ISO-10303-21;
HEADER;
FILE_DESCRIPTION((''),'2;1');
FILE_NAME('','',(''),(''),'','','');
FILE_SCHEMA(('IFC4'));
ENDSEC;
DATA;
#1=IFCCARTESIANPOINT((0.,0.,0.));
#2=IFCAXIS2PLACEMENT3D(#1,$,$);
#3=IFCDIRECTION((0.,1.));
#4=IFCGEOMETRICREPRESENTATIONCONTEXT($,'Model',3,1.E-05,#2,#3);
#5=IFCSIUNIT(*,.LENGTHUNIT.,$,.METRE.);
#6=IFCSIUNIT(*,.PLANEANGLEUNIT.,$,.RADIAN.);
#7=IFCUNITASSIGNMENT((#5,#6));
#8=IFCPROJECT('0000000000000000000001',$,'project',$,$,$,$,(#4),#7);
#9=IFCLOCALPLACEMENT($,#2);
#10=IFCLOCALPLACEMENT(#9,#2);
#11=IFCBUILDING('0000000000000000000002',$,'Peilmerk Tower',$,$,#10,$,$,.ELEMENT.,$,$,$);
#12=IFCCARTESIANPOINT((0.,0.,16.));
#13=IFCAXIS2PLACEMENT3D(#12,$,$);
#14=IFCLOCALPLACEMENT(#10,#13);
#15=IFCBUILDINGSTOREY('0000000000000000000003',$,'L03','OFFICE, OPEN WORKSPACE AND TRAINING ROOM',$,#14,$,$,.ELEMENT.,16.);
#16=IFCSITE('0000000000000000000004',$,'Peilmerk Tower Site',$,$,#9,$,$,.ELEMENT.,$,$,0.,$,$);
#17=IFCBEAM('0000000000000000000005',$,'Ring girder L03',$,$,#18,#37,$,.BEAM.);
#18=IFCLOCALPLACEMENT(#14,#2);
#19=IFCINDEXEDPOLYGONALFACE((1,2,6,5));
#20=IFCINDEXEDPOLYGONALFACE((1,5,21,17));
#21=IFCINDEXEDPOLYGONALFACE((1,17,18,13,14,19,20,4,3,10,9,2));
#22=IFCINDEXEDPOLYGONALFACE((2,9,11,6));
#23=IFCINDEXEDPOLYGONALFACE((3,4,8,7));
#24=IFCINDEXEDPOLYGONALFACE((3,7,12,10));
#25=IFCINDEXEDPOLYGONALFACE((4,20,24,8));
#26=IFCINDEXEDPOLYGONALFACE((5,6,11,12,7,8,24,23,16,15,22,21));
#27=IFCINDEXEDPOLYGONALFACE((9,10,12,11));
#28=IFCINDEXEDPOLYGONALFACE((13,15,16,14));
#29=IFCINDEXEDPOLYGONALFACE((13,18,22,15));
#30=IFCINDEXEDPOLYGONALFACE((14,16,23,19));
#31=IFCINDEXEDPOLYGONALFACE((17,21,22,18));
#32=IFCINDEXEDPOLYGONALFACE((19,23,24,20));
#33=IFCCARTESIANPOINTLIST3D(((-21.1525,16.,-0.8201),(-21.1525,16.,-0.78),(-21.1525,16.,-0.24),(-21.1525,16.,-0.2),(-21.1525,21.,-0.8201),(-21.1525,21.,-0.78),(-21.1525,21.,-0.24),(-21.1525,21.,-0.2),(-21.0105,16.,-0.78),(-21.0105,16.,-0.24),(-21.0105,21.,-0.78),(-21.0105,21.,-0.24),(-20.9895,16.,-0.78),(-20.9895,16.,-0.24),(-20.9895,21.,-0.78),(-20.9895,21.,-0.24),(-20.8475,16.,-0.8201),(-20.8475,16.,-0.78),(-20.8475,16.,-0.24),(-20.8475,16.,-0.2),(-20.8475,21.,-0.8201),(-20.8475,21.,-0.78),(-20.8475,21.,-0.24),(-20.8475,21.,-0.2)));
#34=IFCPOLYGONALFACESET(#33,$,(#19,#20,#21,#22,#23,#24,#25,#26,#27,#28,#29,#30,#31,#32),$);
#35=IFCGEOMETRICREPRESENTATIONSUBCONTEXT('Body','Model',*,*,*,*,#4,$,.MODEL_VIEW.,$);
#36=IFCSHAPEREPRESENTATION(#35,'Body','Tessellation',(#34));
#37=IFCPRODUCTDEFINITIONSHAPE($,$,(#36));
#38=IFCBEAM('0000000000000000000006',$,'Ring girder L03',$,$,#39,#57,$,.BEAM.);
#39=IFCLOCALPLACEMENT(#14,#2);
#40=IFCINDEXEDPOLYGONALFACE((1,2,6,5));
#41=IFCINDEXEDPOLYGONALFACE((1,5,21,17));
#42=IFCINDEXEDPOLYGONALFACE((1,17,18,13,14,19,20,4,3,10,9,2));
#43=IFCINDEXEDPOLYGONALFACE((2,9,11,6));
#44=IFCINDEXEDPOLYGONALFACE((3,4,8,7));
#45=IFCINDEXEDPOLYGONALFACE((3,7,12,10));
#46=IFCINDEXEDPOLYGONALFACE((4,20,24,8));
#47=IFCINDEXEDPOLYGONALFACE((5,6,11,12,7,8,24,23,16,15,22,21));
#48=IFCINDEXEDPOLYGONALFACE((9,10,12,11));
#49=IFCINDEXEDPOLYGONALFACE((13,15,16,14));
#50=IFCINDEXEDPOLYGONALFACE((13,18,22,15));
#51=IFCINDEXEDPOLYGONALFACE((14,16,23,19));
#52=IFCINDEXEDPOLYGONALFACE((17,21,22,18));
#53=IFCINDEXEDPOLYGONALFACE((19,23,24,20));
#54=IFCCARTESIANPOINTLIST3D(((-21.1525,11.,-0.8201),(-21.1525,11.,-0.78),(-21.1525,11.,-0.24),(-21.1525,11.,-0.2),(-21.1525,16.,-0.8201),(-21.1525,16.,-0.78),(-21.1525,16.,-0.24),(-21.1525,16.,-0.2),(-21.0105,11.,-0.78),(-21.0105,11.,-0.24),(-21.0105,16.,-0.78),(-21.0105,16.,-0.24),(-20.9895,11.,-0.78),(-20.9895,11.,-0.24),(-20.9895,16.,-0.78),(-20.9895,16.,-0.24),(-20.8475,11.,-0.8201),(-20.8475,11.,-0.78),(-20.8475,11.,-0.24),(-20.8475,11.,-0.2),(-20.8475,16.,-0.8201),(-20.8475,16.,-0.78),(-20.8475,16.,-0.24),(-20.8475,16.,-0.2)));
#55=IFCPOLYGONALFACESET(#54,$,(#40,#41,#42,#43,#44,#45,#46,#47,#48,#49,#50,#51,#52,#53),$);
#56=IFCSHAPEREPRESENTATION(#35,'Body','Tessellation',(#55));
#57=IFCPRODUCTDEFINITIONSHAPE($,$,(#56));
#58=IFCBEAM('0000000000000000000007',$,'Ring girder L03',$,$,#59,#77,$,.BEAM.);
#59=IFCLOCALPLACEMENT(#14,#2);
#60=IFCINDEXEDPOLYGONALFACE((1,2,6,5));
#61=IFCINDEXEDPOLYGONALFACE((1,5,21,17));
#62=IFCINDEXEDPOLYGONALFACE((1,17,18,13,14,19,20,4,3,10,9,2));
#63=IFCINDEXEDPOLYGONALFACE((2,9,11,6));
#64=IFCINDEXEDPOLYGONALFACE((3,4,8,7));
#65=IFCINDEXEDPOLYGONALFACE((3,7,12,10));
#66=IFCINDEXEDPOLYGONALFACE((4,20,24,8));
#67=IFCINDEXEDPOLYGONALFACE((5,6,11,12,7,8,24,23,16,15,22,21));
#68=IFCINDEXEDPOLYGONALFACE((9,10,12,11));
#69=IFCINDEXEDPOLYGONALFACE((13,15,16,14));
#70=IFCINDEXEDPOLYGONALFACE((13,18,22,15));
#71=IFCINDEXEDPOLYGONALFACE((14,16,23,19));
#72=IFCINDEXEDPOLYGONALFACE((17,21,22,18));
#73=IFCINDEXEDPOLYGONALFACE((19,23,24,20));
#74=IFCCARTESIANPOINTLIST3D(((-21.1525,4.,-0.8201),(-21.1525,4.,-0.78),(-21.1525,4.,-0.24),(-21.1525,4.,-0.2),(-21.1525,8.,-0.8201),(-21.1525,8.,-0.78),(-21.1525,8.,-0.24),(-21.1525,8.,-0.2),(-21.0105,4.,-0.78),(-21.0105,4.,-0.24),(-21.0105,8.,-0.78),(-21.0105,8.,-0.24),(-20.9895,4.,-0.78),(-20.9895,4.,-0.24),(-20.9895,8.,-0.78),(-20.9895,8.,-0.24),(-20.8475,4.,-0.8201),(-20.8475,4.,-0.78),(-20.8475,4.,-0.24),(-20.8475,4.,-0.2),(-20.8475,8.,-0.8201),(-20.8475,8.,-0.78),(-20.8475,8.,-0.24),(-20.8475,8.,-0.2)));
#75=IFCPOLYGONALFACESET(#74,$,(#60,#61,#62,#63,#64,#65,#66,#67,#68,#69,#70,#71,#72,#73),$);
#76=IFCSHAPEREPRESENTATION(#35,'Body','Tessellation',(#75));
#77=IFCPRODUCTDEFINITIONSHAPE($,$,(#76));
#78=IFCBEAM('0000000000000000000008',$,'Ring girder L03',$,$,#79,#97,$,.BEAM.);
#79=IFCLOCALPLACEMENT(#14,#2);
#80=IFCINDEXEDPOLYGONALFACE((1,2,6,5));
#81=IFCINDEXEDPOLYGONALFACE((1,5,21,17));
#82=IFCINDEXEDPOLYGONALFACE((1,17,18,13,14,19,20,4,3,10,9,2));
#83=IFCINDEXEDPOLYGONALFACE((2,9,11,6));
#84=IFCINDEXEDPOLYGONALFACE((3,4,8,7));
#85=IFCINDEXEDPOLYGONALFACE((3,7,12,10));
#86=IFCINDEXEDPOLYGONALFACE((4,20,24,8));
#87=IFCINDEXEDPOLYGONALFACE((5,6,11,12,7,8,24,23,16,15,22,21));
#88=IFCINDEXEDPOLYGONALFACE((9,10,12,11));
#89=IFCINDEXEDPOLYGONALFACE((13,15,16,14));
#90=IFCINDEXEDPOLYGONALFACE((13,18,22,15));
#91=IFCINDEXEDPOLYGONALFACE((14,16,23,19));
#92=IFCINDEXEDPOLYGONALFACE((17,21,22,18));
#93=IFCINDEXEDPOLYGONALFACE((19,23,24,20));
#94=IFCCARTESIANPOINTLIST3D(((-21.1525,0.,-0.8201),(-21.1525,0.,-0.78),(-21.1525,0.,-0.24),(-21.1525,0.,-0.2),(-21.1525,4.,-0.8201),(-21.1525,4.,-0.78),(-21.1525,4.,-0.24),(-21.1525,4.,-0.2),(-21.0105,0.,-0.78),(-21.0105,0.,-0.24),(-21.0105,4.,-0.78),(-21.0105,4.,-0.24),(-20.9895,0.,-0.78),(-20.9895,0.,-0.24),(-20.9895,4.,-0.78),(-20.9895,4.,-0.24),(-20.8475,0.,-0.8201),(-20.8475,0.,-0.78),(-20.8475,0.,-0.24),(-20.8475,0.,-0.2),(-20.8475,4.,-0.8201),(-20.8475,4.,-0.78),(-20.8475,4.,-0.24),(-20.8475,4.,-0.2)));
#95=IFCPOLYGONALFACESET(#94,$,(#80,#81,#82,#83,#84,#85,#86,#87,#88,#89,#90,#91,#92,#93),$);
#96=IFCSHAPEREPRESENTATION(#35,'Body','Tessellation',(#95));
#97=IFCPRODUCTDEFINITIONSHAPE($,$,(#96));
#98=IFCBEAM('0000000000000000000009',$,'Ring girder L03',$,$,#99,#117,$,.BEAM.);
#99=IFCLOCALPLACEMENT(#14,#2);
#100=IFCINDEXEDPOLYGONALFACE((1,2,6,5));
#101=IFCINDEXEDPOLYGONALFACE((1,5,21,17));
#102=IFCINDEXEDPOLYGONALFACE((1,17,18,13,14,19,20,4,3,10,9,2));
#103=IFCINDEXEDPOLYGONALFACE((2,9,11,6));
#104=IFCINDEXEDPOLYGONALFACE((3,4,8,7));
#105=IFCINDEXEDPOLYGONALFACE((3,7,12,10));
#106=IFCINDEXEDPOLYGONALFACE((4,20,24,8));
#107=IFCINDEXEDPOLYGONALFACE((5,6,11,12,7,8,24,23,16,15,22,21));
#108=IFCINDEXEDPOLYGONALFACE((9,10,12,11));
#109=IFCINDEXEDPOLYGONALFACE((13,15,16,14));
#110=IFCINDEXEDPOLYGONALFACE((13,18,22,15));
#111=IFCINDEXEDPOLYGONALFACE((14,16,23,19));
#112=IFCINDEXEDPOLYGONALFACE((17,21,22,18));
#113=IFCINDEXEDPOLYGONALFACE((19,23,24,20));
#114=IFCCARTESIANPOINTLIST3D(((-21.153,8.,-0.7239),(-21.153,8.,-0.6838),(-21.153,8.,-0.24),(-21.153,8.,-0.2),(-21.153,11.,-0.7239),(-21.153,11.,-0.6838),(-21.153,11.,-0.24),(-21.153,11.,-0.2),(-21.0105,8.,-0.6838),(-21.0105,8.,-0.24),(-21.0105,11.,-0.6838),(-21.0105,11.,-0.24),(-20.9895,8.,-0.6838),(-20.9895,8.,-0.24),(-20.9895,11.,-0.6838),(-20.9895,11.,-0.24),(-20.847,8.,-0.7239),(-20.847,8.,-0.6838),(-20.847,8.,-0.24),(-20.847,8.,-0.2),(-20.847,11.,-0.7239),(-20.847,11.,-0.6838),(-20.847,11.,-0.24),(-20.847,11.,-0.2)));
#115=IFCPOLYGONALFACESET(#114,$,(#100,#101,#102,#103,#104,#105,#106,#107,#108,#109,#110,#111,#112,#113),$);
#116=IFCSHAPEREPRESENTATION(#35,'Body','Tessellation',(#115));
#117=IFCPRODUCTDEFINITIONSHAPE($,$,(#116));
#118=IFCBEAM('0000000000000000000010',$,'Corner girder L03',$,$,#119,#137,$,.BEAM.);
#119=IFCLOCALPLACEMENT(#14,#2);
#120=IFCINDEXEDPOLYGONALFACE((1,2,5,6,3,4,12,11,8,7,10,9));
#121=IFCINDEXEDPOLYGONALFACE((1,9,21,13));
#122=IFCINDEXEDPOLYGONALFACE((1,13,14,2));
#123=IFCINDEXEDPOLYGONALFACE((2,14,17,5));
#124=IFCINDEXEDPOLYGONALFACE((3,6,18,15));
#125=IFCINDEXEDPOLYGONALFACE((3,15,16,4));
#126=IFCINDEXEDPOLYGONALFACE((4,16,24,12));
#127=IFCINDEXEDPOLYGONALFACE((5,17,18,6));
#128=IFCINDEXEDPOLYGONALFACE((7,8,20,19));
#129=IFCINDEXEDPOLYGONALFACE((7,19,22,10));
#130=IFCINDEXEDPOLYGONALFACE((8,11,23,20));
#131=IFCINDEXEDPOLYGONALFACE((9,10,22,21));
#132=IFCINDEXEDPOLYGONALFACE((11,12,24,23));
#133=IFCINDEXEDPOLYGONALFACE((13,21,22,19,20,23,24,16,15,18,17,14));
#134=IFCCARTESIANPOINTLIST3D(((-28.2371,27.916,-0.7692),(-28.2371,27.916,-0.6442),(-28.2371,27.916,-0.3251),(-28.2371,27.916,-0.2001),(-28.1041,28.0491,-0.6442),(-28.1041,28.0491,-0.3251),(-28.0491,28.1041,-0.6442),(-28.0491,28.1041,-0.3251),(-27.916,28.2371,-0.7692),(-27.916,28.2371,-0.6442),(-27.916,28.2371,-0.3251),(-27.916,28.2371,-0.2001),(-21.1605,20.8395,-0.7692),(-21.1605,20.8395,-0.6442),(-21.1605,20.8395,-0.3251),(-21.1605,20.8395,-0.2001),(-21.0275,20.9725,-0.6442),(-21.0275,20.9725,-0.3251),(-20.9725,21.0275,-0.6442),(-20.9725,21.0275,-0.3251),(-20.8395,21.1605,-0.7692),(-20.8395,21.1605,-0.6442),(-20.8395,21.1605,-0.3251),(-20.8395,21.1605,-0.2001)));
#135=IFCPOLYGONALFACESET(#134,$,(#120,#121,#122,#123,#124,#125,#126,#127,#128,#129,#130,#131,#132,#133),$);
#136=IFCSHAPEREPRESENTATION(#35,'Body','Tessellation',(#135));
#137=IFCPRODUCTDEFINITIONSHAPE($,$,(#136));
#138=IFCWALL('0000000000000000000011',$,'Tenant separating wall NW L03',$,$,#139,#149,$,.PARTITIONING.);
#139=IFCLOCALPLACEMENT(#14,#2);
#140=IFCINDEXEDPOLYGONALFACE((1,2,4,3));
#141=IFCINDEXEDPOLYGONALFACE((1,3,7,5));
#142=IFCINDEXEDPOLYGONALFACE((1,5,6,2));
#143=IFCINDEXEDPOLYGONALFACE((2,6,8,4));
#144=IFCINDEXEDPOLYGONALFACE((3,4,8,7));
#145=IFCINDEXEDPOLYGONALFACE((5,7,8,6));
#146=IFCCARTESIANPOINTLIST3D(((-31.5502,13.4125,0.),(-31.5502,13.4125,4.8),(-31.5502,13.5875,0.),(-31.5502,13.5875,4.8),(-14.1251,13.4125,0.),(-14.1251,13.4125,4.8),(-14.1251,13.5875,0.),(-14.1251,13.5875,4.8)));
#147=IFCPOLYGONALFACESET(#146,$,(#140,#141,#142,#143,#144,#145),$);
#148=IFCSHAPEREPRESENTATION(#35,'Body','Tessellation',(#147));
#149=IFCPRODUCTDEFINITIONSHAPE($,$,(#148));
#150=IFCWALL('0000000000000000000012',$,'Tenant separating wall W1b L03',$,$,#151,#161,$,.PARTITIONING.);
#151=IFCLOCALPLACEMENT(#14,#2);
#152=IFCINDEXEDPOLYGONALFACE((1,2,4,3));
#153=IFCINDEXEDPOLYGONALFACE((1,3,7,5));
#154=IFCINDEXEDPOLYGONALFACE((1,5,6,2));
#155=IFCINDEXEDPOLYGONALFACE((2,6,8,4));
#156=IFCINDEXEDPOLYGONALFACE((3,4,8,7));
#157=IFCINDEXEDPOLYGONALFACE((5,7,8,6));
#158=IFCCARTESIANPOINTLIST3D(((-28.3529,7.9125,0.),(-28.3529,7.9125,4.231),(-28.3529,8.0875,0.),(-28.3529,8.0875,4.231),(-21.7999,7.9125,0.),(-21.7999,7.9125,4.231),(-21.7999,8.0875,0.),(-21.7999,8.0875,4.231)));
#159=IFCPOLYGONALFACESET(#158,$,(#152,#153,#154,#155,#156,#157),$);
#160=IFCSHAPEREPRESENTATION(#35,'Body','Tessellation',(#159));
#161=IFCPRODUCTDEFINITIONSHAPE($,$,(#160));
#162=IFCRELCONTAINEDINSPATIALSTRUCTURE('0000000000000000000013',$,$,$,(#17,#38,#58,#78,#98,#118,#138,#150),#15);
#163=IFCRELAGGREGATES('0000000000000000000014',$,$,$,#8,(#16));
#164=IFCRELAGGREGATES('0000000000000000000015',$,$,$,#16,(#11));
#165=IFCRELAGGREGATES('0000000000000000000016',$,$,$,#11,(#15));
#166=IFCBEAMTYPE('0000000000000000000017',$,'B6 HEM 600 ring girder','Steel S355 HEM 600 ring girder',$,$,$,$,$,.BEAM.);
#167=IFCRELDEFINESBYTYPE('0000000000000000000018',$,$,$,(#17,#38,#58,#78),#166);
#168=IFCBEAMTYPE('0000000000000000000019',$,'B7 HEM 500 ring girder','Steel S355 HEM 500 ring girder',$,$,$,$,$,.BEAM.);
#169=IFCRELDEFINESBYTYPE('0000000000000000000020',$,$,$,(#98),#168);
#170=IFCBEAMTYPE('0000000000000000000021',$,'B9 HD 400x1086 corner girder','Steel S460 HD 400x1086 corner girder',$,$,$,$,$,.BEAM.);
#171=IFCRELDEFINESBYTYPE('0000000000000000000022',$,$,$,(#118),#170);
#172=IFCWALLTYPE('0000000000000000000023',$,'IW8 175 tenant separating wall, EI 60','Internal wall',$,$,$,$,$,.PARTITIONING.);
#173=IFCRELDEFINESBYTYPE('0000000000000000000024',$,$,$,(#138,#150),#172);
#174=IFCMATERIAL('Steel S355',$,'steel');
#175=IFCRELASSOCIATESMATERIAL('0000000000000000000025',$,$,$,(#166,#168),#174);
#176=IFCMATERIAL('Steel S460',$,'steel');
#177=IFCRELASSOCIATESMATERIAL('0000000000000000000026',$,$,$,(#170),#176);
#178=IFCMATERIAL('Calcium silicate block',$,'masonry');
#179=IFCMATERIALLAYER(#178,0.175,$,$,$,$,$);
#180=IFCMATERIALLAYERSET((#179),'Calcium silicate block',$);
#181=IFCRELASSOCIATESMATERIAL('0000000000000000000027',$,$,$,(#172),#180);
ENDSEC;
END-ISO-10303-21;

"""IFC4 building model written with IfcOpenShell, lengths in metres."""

from ifc_helpers import new_model, si_unit, direction, frame, frame_2d, origin, origin_2d, place, context, subcontext, project, spatial, rectangle, i_section, extrude, material, layer, layer_set, material_profile, profile_set, type_object, element, save


model = new_model("IFC4")

# Units and contexts
model_context = context("Model", 3, precision=1e-05, world=origin(), true_north=direction((0.0, 1.0)))
body_context = subcontext(model_context, "Body", "Model", "MODEL_VIEW")
ifc_project = project(units=[si_unit("LENGTHUNIT", "METRE"), si_unit("PLANEANGLEUNIT", "RADIAN")], contexts=[model_context])

# Site, building, storey
site_placement = place(None, origin())
site = spatial("IfcSite", under=ifc_project, at=site_placement, Name="Peilmerk Tower Site", CompositionType="ELEMENT", RefElevation=0.0)
building_placement = place(site_placement, origin())
building = spatial("IfcBuilding", under=site, at=building_placement, Name="Peilmerk Tower", CompositionType="ELEMENT")
storey_placement = place(building_placement, frame((0.0, 0.0, 16.0)))
storey = spatial("IfcBuildingStorey", under=building, at=storey_placement, Name="L03", Description="OFFICE, OPEN WORKSPACE AND TRAINING ROOM", CompositionType="ELEMENT", Elevation=16.0)

# Beams
ifc_material_1 = material(Name="Steel S355", Category="steel")
ifc_material_profile_1 = material_profile(ifc_material_1, i_section(OverallWidth=0.3049, OverallDepth=0.6201, WebThickness=0.021, FlangeThickness=0.04, at=origin_2d()), Name="HEM 600")
ifc_profile_set_1 = profile_set([ifc_material_profile_1], Name="Steel S355")
beam_type_1 = type_object("IfcBeamType", Name="B6 HEM 600 ring girder", Description="Steel S355 HEM 600 ring girder", PredefinedType="BEAM", material=ifc_profile_set_1)
for number, where, z_axis, x_axis, name in (
    (1, (-21.0, 21.0, -0.51), (0.0, -1.0, 0.0), (1.0, 0.0, 0.0), "Ring girder L03"),
    (2, (-21.0, 16.0, -0.51), (0.0, -1.0, 0.0), (1.0, 0.0, 0.0), "Ring girder L03"),
):
    element("IfcBeam", number, at=place(storey_placement, frame(where, z_axis=z_axis, x_axis=x_axis)), inside=storey, type_object=beam_type_1, Name=name, PredefinedType="BEAM", context=body_context, shape_type="SweptSolid", body=[
        extrude(i_section(OverallWidth=0.3049, OverallDepth=0.6201, WebThickness=0.021, FlangeThickness=0.04, at=origin_2d()), origin(), (0.0, 0.0, 1.0), 5.0),
    ])
for number, where, z_axis, x_axis, name in (
    (3, (-21.0, 8.0, -0.51), (0.0, -1.0, 0.0), (1.0, 0.0, 0.0), "Ring girder L03"),
    (4, (-21.0, 4.0, -0.51), (0.0, -1.0, 0.0), (1.0, 0.0, 0.0), "Ring girder L03"),
):
    element("IfcBeam", number, at=place(storey_placement, frame(where, z_axis=z_axis, x_axis=x_axis)), inside=storey, type_object=beam_type_1, Name=name, PredefinedType="BEAM", context=body_context, shape_type="SweptSolid", body=[
        extrude(i_section(OverallWidth=0.3049, OverallDepth=0.6201, WebThickness=0.021, FlangeThickness=0.04, at=origin_2d()), origin(), (0.0, 0.0, 1.0), 4.0),
    ])
ifc_material_profile_2 = material_profile(ifc_material_1, i_section(OverallWidth=0.3059, OverallDepth=0.5239, WebThickness=0.021, FlangeThickness=0.04, at=origin_2d()), Name="HEM 500")
ifc_profile_set_2 = profile_set([ifc_material_profile_2], Name="Steel S355")
beam_type_2 = type_object("IfcBeamType", Name="B7 HEM 500 ring girder", Description="Steel S355 HEM 500 ring girder", PredefinedType="BEAM", material=ifc_profile_set_2)
beam_1_placement = place(storey_placement, frame((-21.0, 11.0, -0.4619), z_axis=(0.0, -1.0, 0.0), x_axis=(1.0, 0.0, 0.0)))
element("IfcBeam", 5, at=beam_1_placement, inside=storey, type_object=beam_type_2, Name="Ring girder L03", PredefinedType="BEAM", context=body_context, shape_type="SweptSolid", body=[
    extrude(i_section(OverallWidth=0.3059, OverallDepth=0.5239, WebThickness=0.021, FlangeThickness=0.04, at=origin_2d()), origin(), (0.0, 0.0, 1.0), 3.0),
])
ifc_material_2 = material(Name="Steel S460", Category="steel")
ifc_material_profile_3 = material_profile(ifc_material_2, i_section(OverallWidth=0.4541, OverallDepth=0.5691, WebThickness=0.0779, FlangeThickness=0.125, at=origin_2d()), Name="HD 400x1086")
ifc_profile_set_3 = profile_set([ifc_material_profile_3], Name="Steel S460")
beam_type_3 = type_object("IfcBeamType", Name="B9 HD 400x1086 corner girder", Description="Steel S460 HD 400x1086 corner girder", PredefinedType="BEAM", material=ifc_profile_set_3)
beam_2_placement = place(storey_placement, frame((-21.0, 21.0, -0.4846), z_axis=(-0.707107, 0.707107, 0.0), x_axis=(-0.707107, -0.707107, 0.0)))
element("IfcBeam", 6, at=beam_2_placement, inside=storey, type_object=beam_type_3, Name="Corner girder L03", PredefinedType="BEAM", context=body_context, shape_type="SweptSolid", body=[
    extrude(i_section(OverallWidth=0.4541, OverallDepth=0.5691, WebThickness=0.0779, FlangeThickness=0.125, at=origin_2d()), origin(), (0.0, 0.0, 1.0), 10.0078),
])

# Walls
ifc_material_3 = material(Name="Calcium silicate block", Category="masonry")
ifc_layer = layer(ifc_material_3, 0.175)
ifc_layer_set = layer_set([ifc_layer], Name="Calcium silicate block")
wall_type = type_object("IfcWallType", Name="IW8 175 tenant separating wall, EI 60", Description="Internal wall", PredefinedType="PARTITIONING", material=ifc_layer_set)
wall_1_placement = place(storey_placement, frame((-31.55, 13.5, 0.0), z_axis=(0.0, 0.0, 1.0), x_axis=(1.0, 0.0, 0.0)))
element("IfcWall", 7, at=wall_1_placement, inside=storey, type_object=wall_type, Name="Tenant separating wall NW L03", PredefinedType="PARTITIONING", context=body_context, shape_type="SweptSolid", body=[
    extrude(rectangle(XDim=17.425, YDim=0.175, at=frame_2d((8.7124, 0.0))), origin(), (0.0, 0.0, 1.0), 4.8),
])
wall_2_placement = place(storey_placement, frame((-21.8, 8.0, 0.0), z_axis=(0.0, 0.0, 1.0), x_axis=(-1.0, 0.0, 0.0)))
element("IfcWall", 8, at=wall_2_placement, inside=storey, type_object=wall_type, Name="Tenant separating wall W1b L03", PredefinedType="PARTITIONING", context=body_context, shape_type="SweptSolid", body=[
    extrude(rectangle(XDim=6.553, YDim=0.175, at=frame_2d((3.2764, 0.0))), origin(), (0.0, 0.0, 1.0), 4.231),
])

save(model, "model.ifc")
